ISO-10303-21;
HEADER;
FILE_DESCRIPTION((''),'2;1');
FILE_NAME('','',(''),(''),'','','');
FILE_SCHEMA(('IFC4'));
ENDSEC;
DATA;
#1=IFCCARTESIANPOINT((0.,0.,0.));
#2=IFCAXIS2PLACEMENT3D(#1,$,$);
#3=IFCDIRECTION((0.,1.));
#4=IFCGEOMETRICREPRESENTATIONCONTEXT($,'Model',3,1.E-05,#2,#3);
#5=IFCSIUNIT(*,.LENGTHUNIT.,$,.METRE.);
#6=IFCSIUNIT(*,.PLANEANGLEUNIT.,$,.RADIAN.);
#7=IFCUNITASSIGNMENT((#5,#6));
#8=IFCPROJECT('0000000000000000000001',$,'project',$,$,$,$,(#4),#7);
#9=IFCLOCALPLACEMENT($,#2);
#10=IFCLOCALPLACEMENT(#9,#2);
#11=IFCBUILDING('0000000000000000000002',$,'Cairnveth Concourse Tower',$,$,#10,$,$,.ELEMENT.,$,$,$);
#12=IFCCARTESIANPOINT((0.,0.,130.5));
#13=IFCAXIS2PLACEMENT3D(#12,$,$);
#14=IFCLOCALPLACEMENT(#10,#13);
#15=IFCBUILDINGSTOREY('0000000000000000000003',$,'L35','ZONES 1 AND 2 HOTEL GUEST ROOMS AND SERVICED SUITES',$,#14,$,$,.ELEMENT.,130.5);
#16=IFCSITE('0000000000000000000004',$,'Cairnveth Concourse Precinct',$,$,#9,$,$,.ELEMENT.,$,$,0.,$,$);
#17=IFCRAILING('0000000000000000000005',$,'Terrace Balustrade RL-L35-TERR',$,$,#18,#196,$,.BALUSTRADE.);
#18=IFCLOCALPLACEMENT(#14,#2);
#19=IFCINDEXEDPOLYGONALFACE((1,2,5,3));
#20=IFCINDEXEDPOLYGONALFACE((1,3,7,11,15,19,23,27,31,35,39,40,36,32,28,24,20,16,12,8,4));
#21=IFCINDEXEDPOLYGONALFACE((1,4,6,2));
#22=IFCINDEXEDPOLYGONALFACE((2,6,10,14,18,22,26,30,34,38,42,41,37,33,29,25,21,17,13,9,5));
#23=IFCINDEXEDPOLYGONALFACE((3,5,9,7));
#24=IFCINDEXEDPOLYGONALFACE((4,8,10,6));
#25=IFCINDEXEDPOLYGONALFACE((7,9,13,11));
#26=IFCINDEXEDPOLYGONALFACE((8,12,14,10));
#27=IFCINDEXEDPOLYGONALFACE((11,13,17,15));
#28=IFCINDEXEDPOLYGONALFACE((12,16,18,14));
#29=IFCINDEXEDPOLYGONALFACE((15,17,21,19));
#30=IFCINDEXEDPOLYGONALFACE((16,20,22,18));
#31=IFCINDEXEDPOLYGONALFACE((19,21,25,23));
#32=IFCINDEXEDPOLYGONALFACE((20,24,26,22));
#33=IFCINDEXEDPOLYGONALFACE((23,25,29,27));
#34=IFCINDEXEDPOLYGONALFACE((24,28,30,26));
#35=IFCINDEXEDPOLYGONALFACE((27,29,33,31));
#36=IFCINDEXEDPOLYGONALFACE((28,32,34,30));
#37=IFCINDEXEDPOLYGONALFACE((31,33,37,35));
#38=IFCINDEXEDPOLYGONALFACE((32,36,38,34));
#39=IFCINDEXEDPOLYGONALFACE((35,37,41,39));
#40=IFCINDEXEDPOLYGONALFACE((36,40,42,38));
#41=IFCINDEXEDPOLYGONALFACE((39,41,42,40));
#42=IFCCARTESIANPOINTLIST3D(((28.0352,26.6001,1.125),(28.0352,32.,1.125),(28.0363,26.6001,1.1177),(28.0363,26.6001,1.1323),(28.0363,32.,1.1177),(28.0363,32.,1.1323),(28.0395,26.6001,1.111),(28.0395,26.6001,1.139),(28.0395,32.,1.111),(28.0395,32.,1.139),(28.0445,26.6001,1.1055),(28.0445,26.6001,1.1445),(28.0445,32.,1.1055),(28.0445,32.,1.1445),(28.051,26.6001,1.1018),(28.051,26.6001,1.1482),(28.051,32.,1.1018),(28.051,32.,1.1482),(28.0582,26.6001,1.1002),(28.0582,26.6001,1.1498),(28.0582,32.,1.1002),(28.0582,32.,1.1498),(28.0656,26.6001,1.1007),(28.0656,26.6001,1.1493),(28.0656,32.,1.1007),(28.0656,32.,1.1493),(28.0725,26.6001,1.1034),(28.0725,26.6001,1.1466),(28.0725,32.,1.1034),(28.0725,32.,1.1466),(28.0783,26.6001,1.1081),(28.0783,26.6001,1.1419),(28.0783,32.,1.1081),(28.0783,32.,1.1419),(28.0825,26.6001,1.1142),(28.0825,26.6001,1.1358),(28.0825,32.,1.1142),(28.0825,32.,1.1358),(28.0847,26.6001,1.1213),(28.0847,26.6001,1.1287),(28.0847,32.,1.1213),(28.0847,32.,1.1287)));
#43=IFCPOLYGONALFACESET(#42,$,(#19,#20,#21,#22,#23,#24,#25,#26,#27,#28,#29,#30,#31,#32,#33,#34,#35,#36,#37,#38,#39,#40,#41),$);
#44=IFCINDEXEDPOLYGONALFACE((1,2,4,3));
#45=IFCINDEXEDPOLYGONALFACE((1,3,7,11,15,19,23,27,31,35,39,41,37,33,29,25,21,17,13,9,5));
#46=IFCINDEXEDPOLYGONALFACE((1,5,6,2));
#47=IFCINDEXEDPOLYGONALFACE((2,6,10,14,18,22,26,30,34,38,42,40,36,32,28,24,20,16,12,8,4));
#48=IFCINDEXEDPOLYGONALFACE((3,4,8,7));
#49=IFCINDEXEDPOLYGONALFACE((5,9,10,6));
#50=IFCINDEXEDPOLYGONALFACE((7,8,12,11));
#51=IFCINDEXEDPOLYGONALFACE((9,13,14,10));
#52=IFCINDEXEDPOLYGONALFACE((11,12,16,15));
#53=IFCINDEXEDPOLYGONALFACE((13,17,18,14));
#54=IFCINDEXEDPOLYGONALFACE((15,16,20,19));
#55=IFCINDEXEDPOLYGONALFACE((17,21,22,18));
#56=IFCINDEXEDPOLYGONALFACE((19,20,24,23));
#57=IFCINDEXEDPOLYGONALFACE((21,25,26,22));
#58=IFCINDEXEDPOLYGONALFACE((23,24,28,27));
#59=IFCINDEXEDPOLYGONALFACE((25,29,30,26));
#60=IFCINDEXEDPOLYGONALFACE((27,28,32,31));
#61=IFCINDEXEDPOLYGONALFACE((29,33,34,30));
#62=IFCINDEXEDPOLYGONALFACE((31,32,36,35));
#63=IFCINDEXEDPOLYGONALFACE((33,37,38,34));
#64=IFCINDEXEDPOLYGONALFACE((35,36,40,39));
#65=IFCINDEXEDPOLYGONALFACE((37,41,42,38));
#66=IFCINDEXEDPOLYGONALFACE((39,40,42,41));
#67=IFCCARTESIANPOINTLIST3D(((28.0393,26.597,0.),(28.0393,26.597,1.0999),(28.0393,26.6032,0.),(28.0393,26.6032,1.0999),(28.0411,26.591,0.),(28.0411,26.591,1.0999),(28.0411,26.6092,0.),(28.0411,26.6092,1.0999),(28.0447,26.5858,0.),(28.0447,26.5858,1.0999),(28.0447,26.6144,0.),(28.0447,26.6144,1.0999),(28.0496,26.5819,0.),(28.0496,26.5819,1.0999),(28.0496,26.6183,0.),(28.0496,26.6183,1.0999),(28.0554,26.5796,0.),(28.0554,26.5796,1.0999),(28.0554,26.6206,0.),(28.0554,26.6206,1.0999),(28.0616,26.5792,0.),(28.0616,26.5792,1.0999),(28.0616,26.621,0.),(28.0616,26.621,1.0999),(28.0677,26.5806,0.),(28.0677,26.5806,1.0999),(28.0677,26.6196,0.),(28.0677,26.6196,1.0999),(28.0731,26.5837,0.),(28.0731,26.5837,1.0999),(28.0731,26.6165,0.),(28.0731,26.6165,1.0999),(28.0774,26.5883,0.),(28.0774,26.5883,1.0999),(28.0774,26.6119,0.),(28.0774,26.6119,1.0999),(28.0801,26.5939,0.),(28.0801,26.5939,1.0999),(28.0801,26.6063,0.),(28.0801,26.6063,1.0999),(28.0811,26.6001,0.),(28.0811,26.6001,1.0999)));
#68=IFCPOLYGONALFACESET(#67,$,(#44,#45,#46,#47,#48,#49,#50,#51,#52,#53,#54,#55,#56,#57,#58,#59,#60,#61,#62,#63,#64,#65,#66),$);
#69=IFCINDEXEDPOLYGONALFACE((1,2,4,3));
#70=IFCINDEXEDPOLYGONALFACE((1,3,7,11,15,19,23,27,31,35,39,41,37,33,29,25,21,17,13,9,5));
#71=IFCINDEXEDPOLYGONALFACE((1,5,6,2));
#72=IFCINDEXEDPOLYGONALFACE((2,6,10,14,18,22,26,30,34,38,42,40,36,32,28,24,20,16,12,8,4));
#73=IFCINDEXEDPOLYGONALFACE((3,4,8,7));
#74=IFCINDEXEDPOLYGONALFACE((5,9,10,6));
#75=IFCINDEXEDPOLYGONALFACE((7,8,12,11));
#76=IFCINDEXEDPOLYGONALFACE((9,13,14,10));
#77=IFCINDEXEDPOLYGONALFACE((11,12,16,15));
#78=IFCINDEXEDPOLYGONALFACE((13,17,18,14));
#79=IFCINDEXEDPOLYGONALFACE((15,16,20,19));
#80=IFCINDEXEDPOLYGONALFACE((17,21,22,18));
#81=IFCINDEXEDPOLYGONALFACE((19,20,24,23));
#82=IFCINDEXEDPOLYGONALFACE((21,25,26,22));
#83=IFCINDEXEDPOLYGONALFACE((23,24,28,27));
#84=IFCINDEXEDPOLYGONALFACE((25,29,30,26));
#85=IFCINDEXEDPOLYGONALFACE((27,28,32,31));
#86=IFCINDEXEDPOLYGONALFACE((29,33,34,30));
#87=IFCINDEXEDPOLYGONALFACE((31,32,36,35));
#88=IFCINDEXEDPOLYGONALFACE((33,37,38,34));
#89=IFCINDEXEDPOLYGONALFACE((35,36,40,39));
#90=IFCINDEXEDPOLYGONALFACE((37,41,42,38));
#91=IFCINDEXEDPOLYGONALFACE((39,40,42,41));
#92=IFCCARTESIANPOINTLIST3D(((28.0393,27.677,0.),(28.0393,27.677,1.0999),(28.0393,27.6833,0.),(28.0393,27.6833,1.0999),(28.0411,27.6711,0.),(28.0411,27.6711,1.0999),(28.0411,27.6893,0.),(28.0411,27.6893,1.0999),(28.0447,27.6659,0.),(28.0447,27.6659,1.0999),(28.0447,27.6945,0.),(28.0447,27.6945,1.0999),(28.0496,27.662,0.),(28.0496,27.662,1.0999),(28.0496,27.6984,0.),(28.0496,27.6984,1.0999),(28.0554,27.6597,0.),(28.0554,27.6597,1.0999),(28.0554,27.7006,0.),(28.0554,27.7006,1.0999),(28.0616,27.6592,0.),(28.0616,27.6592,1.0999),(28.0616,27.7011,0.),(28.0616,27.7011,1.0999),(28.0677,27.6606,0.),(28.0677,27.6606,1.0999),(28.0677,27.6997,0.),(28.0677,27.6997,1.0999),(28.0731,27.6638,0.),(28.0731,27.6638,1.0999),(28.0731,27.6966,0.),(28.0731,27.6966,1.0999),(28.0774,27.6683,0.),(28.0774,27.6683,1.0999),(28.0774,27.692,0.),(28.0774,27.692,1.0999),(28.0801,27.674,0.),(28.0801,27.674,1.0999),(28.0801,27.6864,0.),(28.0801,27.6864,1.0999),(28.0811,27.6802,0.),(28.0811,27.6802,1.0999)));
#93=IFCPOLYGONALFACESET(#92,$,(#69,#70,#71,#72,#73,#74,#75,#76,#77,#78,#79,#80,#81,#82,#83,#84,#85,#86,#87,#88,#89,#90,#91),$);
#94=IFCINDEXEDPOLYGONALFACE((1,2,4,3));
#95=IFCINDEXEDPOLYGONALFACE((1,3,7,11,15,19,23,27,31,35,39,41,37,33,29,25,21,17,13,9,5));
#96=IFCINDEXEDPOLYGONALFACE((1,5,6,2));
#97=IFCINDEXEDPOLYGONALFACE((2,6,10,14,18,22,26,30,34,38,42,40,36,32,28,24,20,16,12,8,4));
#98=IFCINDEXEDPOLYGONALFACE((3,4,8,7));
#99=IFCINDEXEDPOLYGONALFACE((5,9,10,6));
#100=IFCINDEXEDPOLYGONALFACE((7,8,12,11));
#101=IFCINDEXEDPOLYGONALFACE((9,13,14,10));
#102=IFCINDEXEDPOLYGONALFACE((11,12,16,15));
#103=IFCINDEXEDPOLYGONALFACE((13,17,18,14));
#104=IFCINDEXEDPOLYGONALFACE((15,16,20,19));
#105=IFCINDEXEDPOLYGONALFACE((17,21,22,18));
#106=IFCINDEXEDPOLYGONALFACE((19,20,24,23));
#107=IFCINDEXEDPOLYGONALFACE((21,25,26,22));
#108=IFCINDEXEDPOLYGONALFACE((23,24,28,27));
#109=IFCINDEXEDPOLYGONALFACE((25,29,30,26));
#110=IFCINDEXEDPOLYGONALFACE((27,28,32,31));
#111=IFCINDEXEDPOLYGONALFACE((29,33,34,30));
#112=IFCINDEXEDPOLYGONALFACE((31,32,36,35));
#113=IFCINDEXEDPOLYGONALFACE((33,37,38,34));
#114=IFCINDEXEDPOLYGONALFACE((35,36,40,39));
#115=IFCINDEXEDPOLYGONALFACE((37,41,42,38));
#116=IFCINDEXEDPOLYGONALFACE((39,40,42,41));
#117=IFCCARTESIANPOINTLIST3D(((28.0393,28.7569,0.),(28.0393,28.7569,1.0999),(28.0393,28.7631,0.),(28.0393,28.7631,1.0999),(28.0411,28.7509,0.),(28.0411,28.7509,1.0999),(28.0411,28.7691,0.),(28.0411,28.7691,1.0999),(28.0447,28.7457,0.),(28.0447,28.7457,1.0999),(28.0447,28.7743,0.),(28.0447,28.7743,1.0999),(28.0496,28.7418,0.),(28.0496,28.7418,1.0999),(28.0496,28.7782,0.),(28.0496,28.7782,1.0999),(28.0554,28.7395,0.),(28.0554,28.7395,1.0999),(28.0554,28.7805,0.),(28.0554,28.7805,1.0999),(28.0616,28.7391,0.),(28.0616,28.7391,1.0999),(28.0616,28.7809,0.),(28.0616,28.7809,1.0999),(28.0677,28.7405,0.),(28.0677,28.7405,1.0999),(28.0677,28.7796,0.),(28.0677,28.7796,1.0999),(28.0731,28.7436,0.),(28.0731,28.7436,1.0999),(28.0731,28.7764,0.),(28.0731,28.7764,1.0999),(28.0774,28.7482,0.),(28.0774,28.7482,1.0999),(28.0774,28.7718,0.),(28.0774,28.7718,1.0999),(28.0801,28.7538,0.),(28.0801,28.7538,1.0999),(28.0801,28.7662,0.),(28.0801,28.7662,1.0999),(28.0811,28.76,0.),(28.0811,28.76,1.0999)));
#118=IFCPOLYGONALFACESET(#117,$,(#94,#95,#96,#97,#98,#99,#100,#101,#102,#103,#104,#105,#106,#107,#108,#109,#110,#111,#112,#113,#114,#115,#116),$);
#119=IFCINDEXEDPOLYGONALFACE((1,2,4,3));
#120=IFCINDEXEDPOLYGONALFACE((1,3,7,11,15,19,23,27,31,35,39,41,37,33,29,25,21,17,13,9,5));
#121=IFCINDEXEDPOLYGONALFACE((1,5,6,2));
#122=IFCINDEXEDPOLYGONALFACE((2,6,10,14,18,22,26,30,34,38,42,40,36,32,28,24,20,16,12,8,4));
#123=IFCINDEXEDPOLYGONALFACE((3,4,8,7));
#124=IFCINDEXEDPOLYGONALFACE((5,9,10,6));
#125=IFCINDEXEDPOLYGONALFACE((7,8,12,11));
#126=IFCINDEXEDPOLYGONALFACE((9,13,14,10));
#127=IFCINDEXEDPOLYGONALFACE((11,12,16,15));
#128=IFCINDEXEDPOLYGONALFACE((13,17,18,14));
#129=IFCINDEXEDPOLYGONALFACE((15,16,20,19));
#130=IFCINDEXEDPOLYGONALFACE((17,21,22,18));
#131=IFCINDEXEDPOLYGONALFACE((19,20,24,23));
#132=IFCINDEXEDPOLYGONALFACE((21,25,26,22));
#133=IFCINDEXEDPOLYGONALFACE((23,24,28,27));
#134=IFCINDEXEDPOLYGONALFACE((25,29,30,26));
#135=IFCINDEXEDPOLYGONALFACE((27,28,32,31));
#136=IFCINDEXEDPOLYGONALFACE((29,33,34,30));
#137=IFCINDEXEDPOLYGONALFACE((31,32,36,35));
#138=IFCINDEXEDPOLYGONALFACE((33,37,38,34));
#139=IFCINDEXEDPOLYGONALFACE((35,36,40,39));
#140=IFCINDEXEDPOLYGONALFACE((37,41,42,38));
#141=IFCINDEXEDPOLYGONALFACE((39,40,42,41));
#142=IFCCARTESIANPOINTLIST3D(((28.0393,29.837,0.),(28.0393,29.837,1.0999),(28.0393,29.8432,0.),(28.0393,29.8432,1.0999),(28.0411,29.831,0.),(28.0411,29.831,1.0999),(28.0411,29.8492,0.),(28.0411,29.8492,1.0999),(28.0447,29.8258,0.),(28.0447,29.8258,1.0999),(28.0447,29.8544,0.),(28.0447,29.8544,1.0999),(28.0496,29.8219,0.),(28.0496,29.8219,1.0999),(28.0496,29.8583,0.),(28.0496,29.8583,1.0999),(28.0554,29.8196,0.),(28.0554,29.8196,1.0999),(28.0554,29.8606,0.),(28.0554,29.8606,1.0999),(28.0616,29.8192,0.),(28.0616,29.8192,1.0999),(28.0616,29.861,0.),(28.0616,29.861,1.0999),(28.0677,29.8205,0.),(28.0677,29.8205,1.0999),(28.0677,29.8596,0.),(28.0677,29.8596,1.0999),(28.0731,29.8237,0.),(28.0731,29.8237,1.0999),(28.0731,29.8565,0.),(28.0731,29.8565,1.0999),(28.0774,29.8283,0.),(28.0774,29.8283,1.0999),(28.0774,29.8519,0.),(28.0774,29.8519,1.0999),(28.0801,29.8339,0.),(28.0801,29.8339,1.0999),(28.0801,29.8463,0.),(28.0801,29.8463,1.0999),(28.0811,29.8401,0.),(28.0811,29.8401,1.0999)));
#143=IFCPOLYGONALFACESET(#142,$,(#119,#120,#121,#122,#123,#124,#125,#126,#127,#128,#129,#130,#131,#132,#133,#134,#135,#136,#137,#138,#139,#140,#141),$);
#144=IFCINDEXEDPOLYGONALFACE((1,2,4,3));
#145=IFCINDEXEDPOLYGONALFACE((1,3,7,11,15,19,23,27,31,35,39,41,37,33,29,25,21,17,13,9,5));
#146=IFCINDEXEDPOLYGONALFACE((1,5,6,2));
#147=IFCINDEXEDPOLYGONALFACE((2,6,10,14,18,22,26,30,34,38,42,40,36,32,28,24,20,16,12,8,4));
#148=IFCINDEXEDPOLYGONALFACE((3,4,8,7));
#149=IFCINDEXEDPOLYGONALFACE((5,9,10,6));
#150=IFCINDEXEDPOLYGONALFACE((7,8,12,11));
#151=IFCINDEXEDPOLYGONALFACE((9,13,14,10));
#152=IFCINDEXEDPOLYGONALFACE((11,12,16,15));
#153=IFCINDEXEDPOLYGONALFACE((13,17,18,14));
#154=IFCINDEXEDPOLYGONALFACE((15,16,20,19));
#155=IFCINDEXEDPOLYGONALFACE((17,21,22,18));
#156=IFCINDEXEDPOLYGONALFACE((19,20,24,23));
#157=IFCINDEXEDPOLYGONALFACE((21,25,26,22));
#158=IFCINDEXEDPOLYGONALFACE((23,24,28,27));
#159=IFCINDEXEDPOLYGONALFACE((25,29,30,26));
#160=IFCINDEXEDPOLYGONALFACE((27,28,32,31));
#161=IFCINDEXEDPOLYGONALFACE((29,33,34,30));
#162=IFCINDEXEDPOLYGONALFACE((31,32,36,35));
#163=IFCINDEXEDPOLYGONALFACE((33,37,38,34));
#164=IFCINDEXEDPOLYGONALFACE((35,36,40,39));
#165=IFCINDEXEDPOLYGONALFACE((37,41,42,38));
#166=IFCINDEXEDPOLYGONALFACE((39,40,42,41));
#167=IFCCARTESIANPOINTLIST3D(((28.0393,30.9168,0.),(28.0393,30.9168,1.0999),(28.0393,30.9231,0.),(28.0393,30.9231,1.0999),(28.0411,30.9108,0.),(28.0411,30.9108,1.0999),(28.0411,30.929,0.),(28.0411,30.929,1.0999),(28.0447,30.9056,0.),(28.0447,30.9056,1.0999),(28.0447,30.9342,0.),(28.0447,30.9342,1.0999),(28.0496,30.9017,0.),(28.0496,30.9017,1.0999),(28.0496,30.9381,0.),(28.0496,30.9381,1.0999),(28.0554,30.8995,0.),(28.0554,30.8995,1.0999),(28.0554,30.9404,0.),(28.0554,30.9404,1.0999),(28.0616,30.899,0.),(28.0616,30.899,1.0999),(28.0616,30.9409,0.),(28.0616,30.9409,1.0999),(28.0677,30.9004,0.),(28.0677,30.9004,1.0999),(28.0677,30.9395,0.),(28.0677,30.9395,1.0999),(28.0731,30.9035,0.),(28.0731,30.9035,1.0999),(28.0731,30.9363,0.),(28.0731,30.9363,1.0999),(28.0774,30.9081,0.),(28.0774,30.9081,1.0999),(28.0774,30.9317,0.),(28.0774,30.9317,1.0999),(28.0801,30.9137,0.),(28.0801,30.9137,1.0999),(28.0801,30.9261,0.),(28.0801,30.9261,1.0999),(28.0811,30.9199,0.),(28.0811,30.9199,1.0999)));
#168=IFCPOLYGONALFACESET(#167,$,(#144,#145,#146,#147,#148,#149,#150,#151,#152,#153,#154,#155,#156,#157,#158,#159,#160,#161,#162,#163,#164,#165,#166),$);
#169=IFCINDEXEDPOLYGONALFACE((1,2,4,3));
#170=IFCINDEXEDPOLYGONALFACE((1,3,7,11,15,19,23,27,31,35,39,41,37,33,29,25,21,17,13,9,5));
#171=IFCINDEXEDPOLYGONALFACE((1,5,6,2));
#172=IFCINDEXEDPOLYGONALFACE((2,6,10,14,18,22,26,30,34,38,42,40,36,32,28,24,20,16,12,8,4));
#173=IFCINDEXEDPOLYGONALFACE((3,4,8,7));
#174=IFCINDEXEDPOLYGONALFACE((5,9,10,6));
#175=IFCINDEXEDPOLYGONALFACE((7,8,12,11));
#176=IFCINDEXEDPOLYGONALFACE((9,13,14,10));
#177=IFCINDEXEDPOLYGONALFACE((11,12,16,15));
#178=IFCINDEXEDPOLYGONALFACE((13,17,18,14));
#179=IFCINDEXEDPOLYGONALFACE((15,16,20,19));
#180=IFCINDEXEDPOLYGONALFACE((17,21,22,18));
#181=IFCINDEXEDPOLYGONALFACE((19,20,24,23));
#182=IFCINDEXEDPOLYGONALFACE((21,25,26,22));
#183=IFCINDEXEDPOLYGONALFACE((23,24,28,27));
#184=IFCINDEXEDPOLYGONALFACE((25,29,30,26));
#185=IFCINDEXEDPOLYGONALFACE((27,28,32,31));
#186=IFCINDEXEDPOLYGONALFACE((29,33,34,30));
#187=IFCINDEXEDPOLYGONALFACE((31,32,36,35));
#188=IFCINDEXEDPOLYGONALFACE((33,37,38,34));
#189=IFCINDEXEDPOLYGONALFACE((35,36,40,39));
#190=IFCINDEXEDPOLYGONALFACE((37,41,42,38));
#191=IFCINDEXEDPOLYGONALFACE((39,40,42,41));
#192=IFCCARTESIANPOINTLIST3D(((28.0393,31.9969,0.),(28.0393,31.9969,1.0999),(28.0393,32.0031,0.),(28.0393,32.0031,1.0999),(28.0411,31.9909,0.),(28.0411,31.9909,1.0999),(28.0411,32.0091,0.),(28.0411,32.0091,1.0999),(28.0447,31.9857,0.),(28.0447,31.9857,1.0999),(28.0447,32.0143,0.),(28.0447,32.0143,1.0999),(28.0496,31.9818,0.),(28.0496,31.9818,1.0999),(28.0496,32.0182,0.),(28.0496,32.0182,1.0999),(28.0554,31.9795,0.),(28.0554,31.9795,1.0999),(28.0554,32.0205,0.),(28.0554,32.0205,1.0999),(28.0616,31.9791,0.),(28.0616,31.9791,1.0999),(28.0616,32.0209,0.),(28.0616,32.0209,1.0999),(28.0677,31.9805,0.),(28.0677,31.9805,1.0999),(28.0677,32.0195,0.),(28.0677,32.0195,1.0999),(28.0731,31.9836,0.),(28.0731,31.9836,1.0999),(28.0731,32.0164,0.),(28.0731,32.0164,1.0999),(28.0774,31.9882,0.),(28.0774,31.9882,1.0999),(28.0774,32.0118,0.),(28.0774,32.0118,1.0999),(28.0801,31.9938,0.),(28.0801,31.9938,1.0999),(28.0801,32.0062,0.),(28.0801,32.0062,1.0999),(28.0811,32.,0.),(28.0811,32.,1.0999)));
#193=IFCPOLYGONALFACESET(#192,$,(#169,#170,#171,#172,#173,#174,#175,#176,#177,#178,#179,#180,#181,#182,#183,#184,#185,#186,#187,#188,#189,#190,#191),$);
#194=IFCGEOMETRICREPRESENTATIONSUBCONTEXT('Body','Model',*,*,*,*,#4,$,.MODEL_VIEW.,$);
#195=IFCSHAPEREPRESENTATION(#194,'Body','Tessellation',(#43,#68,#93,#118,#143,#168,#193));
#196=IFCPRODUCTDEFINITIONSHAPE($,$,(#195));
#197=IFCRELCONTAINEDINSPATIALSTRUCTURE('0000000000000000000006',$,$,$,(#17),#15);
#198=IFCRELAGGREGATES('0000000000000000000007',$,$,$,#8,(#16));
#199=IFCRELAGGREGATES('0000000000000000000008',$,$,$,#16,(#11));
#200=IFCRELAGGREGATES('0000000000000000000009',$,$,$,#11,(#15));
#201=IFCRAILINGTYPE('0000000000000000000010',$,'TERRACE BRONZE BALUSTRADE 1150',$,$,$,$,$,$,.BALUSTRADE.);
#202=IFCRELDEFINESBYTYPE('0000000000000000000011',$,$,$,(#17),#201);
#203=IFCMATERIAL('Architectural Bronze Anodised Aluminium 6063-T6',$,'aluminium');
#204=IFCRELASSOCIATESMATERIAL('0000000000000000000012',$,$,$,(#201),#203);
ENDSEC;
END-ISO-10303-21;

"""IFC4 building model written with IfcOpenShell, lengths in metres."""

from ifc_helpers import new_model, si_unit, direction, frame, origin, origin_2d, place, context, subcontext, project, spatial, circle, extrude, material, type_object, element, save


model = new_model("IFC4")

# Units and contexts
model_context = context("Model", 3, precision=1e-05, world=origin(), true_north=direction((0.0, 1.0)))
body_context = subcontext(model_context, "Body", "Model", "MODEL_VIEW")
ifc_project = project(units=[si_unit("LENGTHUNIT", "METRE"), si_unit("PLANEANGLEUNIT", "RADIAN")], contexts=[model_context])

# Site, building, storey
site_placement = place(None, origin())
site = spatial("IfcSite", under=ifc_project, at=site_placement, Name="Cairnveth Concourse Precinct", CompositionType="ELEMENT", RefElevation=0.0)
building_placement = place(site_placement, origin())
building = spatial("IfcBuilding", under=site, at=building_placement, Name="Cairnveth Concourse Tower", CompositionType="ELEMENT")
storey_placement = place(building_placement, frame((0.0, 0.0, 130.5)))
storey = spatial("IfcBuildingStorey", under=building, at=storey_placement, Name="L35", Description="ZONES 1 AND 2 HOTEL GUEST ROOMS AND SERVICED SUITES", CompositionType="ELEMENT", Elevation=130.5)

# Shared definitions
ifc_material_1 = material(Name="Architectural Bronze Anodised Aluminium 6063-T6", Category="aluminium")

# Railing
railing_type = type_object("IfcRailingType", Name="TERRACE BRONZE BALUSTRADE 1150", PredefinedType="BALUSTRADE", material=ifc_material_1)
railing_placement = place(storey_placement, frame((28.0601, 26.6001, 0.0)))
element("IfcRailing", 1, at=railing_placement, inside=storey, type_object=railing_type, Name="Terrace Balustrade RL-L35-TERR", PredefinedType="BALUSTRADE", context=body_context, shape_type="SweptSolid", body=[
    extrude(circle(Radius=0.0249, at=origin_2d()), frame((0.0, 0.0, 1.125), z_axis=(0.0, 1.0, 0.0), x_axis=(-1.0, 0.0, 0.0)), (0.0, 0.0, 1.0), 5.3999),
    extrude(circle(Radius=0.021, at=origin_2d()), origin(), (0.0, 0.0, 1.0), 1.0999),
    extrude(circle(Radius=0.021, at=origin_2d()), frame((0.0, 1.0801, 0.0)), (0.0, 0.0, 1.0), 1.0999),
    extrude(circle(Radius=0.021, at=origin_2d()), frame((0.0, 2.1599, 0.0)), (0.0, 0.0, 1.0), 1.0999),
    extrude(circle(Radius=0.021, at=origin_2d()), frame((0.0, 3.24, 0.0)), (0.0, 0.0, 1.0), 1.0999),
    extrude(circle(Radius=0.021, at=origin_2d()), frame((0.0, 4.3198, 0.0)), (0.0, 0.0, 1.0), 1.0999),
    extrude(circle(Radius=0.021, at=origin_2d()), frame((0.0, 5.3999, 0.0)), (0.0, 0.0, 1.0), 1.0999),
])

save(model, "model.ifc")
